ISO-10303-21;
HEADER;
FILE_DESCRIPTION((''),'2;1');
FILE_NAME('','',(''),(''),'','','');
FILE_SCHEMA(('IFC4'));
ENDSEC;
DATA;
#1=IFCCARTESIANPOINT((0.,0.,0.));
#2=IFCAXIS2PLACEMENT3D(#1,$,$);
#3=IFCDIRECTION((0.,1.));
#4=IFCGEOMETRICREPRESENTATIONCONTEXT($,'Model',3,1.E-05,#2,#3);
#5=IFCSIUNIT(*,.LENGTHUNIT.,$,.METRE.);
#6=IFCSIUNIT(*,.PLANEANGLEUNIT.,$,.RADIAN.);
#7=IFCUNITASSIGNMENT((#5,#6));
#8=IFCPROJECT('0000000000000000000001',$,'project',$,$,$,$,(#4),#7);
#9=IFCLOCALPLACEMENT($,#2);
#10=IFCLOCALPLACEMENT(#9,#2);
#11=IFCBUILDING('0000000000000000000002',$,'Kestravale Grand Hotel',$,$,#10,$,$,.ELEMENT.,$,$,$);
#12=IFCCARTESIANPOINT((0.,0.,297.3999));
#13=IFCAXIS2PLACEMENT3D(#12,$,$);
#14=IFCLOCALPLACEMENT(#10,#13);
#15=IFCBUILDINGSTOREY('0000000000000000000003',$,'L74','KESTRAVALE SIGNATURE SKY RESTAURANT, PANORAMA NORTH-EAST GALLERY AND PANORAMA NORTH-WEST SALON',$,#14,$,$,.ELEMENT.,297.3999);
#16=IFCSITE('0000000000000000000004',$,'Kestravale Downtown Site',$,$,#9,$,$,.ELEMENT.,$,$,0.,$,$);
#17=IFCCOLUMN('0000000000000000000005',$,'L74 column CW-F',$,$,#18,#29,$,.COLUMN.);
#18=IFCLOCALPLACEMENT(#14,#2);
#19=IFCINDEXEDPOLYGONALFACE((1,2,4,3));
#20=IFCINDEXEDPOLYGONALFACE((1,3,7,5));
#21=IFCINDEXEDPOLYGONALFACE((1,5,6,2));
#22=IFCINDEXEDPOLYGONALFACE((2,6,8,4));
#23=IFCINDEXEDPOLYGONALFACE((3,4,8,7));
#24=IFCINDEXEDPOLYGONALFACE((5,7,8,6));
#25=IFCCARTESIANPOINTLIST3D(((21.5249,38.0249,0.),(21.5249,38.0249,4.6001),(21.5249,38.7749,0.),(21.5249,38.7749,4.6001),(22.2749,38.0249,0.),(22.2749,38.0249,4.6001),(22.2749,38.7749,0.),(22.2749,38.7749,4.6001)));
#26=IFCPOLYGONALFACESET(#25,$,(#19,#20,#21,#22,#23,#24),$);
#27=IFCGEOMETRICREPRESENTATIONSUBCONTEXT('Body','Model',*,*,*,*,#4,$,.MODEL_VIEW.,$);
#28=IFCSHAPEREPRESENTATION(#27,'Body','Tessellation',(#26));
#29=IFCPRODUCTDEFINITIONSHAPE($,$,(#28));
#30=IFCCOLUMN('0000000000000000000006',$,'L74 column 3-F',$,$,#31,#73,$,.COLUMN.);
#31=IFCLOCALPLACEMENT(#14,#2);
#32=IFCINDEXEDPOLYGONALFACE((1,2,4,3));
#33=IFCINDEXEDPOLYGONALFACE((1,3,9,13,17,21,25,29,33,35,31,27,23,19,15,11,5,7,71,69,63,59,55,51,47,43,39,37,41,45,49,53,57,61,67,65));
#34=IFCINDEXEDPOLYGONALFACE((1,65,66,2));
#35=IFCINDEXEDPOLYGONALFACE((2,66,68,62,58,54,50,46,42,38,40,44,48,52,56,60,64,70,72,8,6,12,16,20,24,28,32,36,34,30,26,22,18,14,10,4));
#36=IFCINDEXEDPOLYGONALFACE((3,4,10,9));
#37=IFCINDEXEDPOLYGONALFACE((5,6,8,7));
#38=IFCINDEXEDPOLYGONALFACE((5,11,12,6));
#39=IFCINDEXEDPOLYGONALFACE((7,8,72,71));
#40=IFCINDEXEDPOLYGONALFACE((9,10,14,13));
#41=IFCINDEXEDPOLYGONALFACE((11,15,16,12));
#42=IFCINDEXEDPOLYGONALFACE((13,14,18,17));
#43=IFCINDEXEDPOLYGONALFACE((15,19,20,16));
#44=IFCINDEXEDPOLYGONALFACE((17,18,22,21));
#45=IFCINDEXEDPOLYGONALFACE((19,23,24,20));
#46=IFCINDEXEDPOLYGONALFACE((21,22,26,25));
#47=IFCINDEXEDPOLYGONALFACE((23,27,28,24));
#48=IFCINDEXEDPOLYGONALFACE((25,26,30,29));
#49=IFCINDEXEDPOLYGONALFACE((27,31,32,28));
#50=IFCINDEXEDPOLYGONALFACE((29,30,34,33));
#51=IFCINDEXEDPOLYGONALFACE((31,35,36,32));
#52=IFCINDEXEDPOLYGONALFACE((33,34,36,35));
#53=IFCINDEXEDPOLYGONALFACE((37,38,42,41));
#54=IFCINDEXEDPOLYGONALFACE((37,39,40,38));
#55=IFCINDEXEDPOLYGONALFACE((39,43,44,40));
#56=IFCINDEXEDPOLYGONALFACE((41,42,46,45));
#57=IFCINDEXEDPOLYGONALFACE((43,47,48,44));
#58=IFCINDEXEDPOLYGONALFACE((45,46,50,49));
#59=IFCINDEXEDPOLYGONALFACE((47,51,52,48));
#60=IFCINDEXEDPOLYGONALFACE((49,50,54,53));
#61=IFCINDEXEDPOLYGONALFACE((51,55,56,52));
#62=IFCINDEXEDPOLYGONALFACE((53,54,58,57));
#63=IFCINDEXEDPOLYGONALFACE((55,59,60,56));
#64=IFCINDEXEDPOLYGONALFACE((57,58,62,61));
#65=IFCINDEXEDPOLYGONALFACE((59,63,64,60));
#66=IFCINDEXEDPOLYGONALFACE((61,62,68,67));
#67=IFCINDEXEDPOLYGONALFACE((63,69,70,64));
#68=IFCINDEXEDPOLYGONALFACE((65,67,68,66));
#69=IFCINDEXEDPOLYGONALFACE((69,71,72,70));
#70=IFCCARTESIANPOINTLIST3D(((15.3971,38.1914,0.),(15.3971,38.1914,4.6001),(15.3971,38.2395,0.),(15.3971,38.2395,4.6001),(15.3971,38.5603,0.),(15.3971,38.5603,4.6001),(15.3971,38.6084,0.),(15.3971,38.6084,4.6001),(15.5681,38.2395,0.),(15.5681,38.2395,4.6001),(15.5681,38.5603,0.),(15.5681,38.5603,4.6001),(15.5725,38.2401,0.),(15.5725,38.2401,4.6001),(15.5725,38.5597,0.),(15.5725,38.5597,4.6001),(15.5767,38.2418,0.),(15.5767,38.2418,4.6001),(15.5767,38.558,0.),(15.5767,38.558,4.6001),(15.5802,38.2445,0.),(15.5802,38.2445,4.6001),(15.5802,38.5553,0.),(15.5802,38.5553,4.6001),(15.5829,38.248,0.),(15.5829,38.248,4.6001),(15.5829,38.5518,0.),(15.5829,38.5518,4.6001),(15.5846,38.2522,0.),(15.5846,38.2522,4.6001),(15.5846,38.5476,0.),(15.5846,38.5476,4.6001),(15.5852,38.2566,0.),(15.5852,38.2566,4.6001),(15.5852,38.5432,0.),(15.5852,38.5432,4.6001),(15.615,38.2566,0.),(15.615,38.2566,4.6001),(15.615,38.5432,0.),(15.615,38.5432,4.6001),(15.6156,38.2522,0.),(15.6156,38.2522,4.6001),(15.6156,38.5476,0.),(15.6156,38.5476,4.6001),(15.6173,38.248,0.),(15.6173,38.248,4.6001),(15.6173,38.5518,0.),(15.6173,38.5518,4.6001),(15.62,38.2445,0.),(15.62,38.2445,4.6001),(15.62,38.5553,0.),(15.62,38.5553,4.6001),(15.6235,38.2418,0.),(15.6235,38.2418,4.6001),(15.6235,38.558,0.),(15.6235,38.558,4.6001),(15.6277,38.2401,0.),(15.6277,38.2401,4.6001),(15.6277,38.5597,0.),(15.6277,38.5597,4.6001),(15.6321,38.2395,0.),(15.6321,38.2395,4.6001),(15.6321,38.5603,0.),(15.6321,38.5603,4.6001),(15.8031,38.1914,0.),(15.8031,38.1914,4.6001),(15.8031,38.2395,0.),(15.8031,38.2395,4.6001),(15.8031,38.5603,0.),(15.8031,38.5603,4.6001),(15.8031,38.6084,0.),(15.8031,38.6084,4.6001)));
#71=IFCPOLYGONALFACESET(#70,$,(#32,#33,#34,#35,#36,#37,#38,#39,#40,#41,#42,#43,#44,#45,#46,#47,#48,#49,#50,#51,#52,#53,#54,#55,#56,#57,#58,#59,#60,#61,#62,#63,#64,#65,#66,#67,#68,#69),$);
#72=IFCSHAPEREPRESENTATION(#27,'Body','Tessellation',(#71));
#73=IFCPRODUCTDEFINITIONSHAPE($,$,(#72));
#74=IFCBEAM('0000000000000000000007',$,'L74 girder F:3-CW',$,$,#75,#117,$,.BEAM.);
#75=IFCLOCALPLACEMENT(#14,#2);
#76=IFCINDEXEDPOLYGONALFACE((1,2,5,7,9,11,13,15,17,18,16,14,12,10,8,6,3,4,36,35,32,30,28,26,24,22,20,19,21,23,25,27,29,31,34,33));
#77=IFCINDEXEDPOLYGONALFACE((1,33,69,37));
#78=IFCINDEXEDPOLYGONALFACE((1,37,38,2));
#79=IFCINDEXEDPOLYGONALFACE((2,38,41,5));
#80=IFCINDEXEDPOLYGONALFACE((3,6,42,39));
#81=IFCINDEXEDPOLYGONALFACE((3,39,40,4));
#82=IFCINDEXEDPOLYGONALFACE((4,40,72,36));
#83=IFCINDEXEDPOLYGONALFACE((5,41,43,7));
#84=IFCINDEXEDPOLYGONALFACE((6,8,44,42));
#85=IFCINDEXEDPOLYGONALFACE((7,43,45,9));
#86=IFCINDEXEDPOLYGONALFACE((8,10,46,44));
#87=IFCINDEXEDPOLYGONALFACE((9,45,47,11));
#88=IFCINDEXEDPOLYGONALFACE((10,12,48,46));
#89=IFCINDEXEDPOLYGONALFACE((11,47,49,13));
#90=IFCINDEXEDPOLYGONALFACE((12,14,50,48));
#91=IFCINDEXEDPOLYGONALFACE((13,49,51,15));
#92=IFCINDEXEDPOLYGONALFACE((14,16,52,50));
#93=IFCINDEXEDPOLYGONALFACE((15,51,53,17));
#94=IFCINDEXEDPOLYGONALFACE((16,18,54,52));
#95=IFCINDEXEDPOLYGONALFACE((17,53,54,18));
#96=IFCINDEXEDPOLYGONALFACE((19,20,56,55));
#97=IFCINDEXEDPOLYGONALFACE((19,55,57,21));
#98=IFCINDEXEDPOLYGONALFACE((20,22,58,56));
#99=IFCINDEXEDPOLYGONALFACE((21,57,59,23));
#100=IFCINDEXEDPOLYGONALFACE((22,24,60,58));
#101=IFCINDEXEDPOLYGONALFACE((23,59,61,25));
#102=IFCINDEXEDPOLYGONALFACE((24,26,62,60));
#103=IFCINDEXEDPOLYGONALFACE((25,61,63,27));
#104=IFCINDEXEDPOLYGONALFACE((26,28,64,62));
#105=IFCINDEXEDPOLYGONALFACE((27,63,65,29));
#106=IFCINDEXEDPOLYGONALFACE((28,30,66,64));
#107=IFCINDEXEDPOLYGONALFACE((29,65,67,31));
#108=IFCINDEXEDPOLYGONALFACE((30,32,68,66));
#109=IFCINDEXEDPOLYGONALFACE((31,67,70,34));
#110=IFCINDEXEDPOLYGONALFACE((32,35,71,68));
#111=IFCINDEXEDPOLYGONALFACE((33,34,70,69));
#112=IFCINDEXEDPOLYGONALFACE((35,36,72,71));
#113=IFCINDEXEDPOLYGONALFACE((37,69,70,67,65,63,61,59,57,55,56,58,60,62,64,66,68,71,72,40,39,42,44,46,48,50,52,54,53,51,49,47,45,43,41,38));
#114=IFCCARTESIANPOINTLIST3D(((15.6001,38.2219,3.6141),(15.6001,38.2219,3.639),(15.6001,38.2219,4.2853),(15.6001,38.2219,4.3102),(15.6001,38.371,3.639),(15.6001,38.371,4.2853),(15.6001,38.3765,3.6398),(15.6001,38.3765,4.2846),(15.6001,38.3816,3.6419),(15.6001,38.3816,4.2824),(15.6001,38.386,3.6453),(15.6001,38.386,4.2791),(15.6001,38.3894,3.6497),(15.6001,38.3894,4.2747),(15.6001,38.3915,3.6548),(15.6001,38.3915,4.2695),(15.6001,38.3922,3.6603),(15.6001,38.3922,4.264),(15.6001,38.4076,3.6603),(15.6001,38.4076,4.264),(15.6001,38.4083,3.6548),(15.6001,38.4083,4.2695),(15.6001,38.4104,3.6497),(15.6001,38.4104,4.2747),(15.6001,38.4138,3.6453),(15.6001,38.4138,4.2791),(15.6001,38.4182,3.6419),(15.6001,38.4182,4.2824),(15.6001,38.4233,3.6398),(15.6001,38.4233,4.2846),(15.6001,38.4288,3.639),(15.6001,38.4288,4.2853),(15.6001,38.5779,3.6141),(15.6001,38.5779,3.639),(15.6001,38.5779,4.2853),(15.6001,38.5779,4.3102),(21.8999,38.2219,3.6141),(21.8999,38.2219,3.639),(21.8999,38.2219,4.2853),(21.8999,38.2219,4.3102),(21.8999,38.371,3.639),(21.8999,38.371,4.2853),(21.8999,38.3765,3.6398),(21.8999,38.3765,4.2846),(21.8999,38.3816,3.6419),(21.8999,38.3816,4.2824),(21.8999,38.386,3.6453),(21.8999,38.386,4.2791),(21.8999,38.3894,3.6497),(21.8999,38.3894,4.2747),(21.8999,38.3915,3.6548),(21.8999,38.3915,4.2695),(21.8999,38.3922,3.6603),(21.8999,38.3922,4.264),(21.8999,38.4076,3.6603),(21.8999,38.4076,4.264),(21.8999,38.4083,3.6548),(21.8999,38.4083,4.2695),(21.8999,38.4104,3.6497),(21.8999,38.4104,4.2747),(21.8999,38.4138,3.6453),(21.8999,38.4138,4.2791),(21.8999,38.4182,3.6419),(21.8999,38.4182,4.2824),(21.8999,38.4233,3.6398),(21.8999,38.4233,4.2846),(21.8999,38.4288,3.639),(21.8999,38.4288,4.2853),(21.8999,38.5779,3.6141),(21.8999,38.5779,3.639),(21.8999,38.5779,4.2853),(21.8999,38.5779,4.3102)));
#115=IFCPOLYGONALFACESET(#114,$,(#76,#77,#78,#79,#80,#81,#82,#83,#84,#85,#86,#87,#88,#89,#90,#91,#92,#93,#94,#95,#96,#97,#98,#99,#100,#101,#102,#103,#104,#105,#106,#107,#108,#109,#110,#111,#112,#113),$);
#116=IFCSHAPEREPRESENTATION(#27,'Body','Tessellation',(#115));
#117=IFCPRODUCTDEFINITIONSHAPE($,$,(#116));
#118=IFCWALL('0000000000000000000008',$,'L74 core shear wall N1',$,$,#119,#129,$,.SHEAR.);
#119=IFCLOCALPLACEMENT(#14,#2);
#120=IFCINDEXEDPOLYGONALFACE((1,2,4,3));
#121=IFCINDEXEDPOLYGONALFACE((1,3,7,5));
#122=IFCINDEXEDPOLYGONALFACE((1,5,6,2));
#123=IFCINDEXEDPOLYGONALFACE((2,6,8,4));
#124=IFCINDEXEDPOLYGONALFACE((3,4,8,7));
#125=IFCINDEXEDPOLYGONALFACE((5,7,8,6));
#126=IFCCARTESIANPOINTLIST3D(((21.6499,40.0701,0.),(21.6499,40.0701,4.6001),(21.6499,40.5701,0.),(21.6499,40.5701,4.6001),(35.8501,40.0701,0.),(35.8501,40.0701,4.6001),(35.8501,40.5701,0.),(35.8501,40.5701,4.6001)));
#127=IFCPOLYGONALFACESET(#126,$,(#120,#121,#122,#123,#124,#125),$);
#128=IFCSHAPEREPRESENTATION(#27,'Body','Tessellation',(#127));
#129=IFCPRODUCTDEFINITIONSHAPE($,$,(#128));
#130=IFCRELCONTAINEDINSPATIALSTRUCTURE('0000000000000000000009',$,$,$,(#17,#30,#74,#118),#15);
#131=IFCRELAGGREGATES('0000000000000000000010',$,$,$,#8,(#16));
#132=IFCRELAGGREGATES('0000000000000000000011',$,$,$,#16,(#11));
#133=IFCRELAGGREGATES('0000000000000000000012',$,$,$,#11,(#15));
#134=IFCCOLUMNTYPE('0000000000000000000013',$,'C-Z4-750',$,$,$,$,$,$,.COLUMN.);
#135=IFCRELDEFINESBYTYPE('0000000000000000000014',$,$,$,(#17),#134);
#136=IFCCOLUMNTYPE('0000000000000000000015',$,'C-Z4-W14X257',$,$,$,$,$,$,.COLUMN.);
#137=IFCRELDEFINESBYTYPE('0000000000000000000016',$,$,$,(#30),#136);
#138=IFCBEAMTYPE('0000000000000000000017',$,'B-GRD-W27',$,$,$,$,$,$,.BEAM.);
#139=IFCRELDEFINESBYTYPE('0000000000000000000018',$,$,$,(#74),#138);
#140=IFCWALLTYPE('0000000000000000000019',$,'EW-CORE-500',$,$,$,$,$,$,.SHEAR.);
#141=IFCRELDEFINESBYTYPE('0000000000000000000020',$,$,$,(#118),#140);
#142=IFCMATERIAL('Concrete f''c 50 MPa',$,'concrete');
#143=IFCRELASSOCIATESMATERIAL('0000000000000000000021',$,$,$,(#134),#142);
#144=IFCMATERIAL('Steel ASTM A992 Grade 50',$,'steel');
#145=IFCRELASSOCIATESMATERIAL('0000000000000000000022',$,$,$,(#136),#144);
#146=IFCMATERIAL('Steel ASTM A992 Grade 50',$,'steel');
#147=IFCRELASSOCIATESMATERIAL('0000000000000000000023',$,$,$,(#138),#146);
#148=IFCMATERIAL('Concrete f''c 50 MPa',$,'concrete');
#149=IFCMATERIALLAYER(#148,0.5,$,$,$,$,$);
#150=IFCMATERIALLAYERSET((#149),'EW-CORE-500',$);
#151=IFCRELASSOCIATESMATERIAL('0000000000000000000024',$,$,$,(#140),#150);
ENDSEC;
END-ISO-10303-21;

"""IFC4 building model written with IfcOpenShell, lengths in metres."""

from ifc_helpers import new_model, si_unit, direction, frame, frame_2d, origin, origin_2d, place, context, subcontext, project, spatial, rectangle, i_section, extrude, material, layer, layer_set, material_profile, profile_set, type_object, element, save


model = new_model("IFC4")

# Units and contexts
model_context = context("Model", 3, precision=1e-05, world=origin(), true_north=direction((0.0, 1.0)))
body_context = subcontext(model_context, "Body", "Model", "MODEL_VIEW")
ifc_project = project(units=[si_unit("LENGTHUNIT", "METRE"), si_unit("PLANEANGLEUNIT", "RADIAN")], contexts=[model_context])

# Site, building, storey
site_placement = place(None, origin())
site = spatial("IfcSite", under=ifc_project, at=site_placement, Name="Kestravale Downtown Site", CompositionType="ELEMENT", RefElevation=0.0)
building_placement = place(site_placement, origin())
building = spatial("IfcBuilding", under=site, at=building_placement, Name="Kestravale Grand Hotel", CompositionType="ELEMENT")
storey_placement = place(building_placement, frame((0.0, 0.0, 297.3999)))
storey = spatial("IfcBuildingStorey", under=building, at=storey_placement, Name="L74", Description="KESTRAVALE SIGNATURE SKY RESTAURANT, PANORAMA NORTH-EAST GALLERY AND PANORAMA NORTH-WEST SALON", CompositionType="ELEMENT", Elevation=297.3999)

# Columns
ifc_material_1 = material(Name="Concrete f'c 50 MPa", Category="concrete")
ifc_material_profile_1 = material_profile(ifc_material_1, rectangle(XDim=0.75, YDim=0.75, at=origin_2d()))
ifc_profile_set_1 = profile_set([ifc_material_profile_1], Name="Concrete f'c 50 MPa")
column_type_1 = type_object("IfcColumnType", Name="C-Z4-750", PredefinedType="COLUMN", material=ifc_profile_set_1)
column_1_placement = place(storey_placement, frame((21.8999, 38.3999, 0.0), z_axis=(0.0, 0.0, 1.0), x_axis=(1.0, 0.0, 0.0)))
element("IfcColumn", 1, at=column_1_placement, inside=storey, type_object=column_type_1, Name="L74 column CW-F", PredefinedType="COLUMN", context=body_context, shape_type="SweptSolid", body=[
    extrude(rectangle(XDim=0.75, YDim=0.75, at=origin_2d()), origin(), (0.0, 0.0, 1.0), 4.6001),
])
ifc_material_2 = material(Name="Steel ASTM A992 Grade 50", Category="steel")
ifc_material_profile_2 = material_profile(ifc_material_2, i_section(OverallWidth=0.406, OverallDepth=0.417, WebThickness=0.0298, FlangeThickness=0.0481, FilletRadius=0.0171, at=origin_2d()))
ifc_profile_set_2 = profile_set([ifc_material_profile_2], Name="Steel ASTM A992 Grade 50")
column_type_2 = type_object("IfcColumnType", Name="C-Z4-W14X257", PredefinedType="COLUMN", material=ifc_profile_set_2)
column_2_placement = place(storey_placement, frame((15.6001, 38.3999, 0.0), z_axis=(0.0, 0.0, 1.0), x_axis=(1.0, 0.0, 0.0)))
element("IfcColumn", 2, at=column_2_placement, inside=storey, type_object=column_type_2, Name="L74 column 3-F", PredefinedType="COLUMN", context=body_context, shape_type="SweptSolid", body=[
    extrude(i_section(OverallWidth=0.406, OverallDepth=0.417, WebThickness=0.0298, FlangeThickness=0.0481, FilletRadius=0.0171, at=origin_2d()), origin(), (0.0, 0.0, 1.0), 4.6001),
])

# Beam
ifc_material_3 = material(Name="Steel ASTM A992 Grade 50", Category="steel")
ifc_material_profile_3 = material_profile(ifc_material_3, i_section(OverallWidth=0.356, OverallDepth=0.696, WebThickness=0.0154, FlangeThickness=0.0249, FilletRadius=0.0212, at=origin_2d()))
ifc_profile_set_3 = profile_set([ifc_material_profile_3], Name="Steel ASTM A992 Grade 50")
beam_type = type_object("IfcBeamType", Name="B-GRD-W27", PredefinedType="BEAM", material=ifc_profile_set_3)
beam_placement = place(storey_placement, frame((15.6001, 38.3999, 3.9622), z_axis=(1.0, 0.0, 0.0), x_axis=(0.0, 1.0, 0.0)))
element("IfcBeam", 3, at=beam_placement, inside=storey, type_object=beam_type, Name="L74 girder F:3-CW", PredefinedType="BEAM", context=body_context, shape_type="SweptSolid", body=[
    extrude(i_section(OverallWidth=0.356, OverallDepth=0.696, WebThickness=0.0154, FlangeThickness=0.0249, FilletRadius=0.0212, at=origin_2d()), origin(), (0.0, 0.0, 1.0), 6.2998),
])

# Wall
ifc_material_4 = material(Name="Concrete f'c 50 MPa", Category="concrete")
ifc_layer_1 = layer(ifc_material_4, 0.5)
ifc_layer_set_1 = layer_set([ifc_layer_1], Name="EW-CORE-500")
wall_type_1 = type_object("IfcWallType", Name="EW-CORE-500", PredefinedType="SHEAR", material=ifc_layer_set_1)
wall_1_placement = place(storey_placement, frame((21.6499, 40.3201, 0.0), z_axis=(0.0, 0.0, 1.0), x_axis=(1.0, 0.0, 0.0)))
element("IfcWall", 4, at=wall_1_placement, inside=storey, type_object=wall_type_1, Name="L74 core shear wall N1", PredefinedType="SHEAR", context=body_context, shape_type="SweptSolid", body=[
    extrude(rectangle(XDim=14.2002, YDim=0.5, at=frame_2d((7.1001, 0.0))), origin(), (0.0, 0.0, 1.0), 4.6001),
])

save(model, "model.ifc")
